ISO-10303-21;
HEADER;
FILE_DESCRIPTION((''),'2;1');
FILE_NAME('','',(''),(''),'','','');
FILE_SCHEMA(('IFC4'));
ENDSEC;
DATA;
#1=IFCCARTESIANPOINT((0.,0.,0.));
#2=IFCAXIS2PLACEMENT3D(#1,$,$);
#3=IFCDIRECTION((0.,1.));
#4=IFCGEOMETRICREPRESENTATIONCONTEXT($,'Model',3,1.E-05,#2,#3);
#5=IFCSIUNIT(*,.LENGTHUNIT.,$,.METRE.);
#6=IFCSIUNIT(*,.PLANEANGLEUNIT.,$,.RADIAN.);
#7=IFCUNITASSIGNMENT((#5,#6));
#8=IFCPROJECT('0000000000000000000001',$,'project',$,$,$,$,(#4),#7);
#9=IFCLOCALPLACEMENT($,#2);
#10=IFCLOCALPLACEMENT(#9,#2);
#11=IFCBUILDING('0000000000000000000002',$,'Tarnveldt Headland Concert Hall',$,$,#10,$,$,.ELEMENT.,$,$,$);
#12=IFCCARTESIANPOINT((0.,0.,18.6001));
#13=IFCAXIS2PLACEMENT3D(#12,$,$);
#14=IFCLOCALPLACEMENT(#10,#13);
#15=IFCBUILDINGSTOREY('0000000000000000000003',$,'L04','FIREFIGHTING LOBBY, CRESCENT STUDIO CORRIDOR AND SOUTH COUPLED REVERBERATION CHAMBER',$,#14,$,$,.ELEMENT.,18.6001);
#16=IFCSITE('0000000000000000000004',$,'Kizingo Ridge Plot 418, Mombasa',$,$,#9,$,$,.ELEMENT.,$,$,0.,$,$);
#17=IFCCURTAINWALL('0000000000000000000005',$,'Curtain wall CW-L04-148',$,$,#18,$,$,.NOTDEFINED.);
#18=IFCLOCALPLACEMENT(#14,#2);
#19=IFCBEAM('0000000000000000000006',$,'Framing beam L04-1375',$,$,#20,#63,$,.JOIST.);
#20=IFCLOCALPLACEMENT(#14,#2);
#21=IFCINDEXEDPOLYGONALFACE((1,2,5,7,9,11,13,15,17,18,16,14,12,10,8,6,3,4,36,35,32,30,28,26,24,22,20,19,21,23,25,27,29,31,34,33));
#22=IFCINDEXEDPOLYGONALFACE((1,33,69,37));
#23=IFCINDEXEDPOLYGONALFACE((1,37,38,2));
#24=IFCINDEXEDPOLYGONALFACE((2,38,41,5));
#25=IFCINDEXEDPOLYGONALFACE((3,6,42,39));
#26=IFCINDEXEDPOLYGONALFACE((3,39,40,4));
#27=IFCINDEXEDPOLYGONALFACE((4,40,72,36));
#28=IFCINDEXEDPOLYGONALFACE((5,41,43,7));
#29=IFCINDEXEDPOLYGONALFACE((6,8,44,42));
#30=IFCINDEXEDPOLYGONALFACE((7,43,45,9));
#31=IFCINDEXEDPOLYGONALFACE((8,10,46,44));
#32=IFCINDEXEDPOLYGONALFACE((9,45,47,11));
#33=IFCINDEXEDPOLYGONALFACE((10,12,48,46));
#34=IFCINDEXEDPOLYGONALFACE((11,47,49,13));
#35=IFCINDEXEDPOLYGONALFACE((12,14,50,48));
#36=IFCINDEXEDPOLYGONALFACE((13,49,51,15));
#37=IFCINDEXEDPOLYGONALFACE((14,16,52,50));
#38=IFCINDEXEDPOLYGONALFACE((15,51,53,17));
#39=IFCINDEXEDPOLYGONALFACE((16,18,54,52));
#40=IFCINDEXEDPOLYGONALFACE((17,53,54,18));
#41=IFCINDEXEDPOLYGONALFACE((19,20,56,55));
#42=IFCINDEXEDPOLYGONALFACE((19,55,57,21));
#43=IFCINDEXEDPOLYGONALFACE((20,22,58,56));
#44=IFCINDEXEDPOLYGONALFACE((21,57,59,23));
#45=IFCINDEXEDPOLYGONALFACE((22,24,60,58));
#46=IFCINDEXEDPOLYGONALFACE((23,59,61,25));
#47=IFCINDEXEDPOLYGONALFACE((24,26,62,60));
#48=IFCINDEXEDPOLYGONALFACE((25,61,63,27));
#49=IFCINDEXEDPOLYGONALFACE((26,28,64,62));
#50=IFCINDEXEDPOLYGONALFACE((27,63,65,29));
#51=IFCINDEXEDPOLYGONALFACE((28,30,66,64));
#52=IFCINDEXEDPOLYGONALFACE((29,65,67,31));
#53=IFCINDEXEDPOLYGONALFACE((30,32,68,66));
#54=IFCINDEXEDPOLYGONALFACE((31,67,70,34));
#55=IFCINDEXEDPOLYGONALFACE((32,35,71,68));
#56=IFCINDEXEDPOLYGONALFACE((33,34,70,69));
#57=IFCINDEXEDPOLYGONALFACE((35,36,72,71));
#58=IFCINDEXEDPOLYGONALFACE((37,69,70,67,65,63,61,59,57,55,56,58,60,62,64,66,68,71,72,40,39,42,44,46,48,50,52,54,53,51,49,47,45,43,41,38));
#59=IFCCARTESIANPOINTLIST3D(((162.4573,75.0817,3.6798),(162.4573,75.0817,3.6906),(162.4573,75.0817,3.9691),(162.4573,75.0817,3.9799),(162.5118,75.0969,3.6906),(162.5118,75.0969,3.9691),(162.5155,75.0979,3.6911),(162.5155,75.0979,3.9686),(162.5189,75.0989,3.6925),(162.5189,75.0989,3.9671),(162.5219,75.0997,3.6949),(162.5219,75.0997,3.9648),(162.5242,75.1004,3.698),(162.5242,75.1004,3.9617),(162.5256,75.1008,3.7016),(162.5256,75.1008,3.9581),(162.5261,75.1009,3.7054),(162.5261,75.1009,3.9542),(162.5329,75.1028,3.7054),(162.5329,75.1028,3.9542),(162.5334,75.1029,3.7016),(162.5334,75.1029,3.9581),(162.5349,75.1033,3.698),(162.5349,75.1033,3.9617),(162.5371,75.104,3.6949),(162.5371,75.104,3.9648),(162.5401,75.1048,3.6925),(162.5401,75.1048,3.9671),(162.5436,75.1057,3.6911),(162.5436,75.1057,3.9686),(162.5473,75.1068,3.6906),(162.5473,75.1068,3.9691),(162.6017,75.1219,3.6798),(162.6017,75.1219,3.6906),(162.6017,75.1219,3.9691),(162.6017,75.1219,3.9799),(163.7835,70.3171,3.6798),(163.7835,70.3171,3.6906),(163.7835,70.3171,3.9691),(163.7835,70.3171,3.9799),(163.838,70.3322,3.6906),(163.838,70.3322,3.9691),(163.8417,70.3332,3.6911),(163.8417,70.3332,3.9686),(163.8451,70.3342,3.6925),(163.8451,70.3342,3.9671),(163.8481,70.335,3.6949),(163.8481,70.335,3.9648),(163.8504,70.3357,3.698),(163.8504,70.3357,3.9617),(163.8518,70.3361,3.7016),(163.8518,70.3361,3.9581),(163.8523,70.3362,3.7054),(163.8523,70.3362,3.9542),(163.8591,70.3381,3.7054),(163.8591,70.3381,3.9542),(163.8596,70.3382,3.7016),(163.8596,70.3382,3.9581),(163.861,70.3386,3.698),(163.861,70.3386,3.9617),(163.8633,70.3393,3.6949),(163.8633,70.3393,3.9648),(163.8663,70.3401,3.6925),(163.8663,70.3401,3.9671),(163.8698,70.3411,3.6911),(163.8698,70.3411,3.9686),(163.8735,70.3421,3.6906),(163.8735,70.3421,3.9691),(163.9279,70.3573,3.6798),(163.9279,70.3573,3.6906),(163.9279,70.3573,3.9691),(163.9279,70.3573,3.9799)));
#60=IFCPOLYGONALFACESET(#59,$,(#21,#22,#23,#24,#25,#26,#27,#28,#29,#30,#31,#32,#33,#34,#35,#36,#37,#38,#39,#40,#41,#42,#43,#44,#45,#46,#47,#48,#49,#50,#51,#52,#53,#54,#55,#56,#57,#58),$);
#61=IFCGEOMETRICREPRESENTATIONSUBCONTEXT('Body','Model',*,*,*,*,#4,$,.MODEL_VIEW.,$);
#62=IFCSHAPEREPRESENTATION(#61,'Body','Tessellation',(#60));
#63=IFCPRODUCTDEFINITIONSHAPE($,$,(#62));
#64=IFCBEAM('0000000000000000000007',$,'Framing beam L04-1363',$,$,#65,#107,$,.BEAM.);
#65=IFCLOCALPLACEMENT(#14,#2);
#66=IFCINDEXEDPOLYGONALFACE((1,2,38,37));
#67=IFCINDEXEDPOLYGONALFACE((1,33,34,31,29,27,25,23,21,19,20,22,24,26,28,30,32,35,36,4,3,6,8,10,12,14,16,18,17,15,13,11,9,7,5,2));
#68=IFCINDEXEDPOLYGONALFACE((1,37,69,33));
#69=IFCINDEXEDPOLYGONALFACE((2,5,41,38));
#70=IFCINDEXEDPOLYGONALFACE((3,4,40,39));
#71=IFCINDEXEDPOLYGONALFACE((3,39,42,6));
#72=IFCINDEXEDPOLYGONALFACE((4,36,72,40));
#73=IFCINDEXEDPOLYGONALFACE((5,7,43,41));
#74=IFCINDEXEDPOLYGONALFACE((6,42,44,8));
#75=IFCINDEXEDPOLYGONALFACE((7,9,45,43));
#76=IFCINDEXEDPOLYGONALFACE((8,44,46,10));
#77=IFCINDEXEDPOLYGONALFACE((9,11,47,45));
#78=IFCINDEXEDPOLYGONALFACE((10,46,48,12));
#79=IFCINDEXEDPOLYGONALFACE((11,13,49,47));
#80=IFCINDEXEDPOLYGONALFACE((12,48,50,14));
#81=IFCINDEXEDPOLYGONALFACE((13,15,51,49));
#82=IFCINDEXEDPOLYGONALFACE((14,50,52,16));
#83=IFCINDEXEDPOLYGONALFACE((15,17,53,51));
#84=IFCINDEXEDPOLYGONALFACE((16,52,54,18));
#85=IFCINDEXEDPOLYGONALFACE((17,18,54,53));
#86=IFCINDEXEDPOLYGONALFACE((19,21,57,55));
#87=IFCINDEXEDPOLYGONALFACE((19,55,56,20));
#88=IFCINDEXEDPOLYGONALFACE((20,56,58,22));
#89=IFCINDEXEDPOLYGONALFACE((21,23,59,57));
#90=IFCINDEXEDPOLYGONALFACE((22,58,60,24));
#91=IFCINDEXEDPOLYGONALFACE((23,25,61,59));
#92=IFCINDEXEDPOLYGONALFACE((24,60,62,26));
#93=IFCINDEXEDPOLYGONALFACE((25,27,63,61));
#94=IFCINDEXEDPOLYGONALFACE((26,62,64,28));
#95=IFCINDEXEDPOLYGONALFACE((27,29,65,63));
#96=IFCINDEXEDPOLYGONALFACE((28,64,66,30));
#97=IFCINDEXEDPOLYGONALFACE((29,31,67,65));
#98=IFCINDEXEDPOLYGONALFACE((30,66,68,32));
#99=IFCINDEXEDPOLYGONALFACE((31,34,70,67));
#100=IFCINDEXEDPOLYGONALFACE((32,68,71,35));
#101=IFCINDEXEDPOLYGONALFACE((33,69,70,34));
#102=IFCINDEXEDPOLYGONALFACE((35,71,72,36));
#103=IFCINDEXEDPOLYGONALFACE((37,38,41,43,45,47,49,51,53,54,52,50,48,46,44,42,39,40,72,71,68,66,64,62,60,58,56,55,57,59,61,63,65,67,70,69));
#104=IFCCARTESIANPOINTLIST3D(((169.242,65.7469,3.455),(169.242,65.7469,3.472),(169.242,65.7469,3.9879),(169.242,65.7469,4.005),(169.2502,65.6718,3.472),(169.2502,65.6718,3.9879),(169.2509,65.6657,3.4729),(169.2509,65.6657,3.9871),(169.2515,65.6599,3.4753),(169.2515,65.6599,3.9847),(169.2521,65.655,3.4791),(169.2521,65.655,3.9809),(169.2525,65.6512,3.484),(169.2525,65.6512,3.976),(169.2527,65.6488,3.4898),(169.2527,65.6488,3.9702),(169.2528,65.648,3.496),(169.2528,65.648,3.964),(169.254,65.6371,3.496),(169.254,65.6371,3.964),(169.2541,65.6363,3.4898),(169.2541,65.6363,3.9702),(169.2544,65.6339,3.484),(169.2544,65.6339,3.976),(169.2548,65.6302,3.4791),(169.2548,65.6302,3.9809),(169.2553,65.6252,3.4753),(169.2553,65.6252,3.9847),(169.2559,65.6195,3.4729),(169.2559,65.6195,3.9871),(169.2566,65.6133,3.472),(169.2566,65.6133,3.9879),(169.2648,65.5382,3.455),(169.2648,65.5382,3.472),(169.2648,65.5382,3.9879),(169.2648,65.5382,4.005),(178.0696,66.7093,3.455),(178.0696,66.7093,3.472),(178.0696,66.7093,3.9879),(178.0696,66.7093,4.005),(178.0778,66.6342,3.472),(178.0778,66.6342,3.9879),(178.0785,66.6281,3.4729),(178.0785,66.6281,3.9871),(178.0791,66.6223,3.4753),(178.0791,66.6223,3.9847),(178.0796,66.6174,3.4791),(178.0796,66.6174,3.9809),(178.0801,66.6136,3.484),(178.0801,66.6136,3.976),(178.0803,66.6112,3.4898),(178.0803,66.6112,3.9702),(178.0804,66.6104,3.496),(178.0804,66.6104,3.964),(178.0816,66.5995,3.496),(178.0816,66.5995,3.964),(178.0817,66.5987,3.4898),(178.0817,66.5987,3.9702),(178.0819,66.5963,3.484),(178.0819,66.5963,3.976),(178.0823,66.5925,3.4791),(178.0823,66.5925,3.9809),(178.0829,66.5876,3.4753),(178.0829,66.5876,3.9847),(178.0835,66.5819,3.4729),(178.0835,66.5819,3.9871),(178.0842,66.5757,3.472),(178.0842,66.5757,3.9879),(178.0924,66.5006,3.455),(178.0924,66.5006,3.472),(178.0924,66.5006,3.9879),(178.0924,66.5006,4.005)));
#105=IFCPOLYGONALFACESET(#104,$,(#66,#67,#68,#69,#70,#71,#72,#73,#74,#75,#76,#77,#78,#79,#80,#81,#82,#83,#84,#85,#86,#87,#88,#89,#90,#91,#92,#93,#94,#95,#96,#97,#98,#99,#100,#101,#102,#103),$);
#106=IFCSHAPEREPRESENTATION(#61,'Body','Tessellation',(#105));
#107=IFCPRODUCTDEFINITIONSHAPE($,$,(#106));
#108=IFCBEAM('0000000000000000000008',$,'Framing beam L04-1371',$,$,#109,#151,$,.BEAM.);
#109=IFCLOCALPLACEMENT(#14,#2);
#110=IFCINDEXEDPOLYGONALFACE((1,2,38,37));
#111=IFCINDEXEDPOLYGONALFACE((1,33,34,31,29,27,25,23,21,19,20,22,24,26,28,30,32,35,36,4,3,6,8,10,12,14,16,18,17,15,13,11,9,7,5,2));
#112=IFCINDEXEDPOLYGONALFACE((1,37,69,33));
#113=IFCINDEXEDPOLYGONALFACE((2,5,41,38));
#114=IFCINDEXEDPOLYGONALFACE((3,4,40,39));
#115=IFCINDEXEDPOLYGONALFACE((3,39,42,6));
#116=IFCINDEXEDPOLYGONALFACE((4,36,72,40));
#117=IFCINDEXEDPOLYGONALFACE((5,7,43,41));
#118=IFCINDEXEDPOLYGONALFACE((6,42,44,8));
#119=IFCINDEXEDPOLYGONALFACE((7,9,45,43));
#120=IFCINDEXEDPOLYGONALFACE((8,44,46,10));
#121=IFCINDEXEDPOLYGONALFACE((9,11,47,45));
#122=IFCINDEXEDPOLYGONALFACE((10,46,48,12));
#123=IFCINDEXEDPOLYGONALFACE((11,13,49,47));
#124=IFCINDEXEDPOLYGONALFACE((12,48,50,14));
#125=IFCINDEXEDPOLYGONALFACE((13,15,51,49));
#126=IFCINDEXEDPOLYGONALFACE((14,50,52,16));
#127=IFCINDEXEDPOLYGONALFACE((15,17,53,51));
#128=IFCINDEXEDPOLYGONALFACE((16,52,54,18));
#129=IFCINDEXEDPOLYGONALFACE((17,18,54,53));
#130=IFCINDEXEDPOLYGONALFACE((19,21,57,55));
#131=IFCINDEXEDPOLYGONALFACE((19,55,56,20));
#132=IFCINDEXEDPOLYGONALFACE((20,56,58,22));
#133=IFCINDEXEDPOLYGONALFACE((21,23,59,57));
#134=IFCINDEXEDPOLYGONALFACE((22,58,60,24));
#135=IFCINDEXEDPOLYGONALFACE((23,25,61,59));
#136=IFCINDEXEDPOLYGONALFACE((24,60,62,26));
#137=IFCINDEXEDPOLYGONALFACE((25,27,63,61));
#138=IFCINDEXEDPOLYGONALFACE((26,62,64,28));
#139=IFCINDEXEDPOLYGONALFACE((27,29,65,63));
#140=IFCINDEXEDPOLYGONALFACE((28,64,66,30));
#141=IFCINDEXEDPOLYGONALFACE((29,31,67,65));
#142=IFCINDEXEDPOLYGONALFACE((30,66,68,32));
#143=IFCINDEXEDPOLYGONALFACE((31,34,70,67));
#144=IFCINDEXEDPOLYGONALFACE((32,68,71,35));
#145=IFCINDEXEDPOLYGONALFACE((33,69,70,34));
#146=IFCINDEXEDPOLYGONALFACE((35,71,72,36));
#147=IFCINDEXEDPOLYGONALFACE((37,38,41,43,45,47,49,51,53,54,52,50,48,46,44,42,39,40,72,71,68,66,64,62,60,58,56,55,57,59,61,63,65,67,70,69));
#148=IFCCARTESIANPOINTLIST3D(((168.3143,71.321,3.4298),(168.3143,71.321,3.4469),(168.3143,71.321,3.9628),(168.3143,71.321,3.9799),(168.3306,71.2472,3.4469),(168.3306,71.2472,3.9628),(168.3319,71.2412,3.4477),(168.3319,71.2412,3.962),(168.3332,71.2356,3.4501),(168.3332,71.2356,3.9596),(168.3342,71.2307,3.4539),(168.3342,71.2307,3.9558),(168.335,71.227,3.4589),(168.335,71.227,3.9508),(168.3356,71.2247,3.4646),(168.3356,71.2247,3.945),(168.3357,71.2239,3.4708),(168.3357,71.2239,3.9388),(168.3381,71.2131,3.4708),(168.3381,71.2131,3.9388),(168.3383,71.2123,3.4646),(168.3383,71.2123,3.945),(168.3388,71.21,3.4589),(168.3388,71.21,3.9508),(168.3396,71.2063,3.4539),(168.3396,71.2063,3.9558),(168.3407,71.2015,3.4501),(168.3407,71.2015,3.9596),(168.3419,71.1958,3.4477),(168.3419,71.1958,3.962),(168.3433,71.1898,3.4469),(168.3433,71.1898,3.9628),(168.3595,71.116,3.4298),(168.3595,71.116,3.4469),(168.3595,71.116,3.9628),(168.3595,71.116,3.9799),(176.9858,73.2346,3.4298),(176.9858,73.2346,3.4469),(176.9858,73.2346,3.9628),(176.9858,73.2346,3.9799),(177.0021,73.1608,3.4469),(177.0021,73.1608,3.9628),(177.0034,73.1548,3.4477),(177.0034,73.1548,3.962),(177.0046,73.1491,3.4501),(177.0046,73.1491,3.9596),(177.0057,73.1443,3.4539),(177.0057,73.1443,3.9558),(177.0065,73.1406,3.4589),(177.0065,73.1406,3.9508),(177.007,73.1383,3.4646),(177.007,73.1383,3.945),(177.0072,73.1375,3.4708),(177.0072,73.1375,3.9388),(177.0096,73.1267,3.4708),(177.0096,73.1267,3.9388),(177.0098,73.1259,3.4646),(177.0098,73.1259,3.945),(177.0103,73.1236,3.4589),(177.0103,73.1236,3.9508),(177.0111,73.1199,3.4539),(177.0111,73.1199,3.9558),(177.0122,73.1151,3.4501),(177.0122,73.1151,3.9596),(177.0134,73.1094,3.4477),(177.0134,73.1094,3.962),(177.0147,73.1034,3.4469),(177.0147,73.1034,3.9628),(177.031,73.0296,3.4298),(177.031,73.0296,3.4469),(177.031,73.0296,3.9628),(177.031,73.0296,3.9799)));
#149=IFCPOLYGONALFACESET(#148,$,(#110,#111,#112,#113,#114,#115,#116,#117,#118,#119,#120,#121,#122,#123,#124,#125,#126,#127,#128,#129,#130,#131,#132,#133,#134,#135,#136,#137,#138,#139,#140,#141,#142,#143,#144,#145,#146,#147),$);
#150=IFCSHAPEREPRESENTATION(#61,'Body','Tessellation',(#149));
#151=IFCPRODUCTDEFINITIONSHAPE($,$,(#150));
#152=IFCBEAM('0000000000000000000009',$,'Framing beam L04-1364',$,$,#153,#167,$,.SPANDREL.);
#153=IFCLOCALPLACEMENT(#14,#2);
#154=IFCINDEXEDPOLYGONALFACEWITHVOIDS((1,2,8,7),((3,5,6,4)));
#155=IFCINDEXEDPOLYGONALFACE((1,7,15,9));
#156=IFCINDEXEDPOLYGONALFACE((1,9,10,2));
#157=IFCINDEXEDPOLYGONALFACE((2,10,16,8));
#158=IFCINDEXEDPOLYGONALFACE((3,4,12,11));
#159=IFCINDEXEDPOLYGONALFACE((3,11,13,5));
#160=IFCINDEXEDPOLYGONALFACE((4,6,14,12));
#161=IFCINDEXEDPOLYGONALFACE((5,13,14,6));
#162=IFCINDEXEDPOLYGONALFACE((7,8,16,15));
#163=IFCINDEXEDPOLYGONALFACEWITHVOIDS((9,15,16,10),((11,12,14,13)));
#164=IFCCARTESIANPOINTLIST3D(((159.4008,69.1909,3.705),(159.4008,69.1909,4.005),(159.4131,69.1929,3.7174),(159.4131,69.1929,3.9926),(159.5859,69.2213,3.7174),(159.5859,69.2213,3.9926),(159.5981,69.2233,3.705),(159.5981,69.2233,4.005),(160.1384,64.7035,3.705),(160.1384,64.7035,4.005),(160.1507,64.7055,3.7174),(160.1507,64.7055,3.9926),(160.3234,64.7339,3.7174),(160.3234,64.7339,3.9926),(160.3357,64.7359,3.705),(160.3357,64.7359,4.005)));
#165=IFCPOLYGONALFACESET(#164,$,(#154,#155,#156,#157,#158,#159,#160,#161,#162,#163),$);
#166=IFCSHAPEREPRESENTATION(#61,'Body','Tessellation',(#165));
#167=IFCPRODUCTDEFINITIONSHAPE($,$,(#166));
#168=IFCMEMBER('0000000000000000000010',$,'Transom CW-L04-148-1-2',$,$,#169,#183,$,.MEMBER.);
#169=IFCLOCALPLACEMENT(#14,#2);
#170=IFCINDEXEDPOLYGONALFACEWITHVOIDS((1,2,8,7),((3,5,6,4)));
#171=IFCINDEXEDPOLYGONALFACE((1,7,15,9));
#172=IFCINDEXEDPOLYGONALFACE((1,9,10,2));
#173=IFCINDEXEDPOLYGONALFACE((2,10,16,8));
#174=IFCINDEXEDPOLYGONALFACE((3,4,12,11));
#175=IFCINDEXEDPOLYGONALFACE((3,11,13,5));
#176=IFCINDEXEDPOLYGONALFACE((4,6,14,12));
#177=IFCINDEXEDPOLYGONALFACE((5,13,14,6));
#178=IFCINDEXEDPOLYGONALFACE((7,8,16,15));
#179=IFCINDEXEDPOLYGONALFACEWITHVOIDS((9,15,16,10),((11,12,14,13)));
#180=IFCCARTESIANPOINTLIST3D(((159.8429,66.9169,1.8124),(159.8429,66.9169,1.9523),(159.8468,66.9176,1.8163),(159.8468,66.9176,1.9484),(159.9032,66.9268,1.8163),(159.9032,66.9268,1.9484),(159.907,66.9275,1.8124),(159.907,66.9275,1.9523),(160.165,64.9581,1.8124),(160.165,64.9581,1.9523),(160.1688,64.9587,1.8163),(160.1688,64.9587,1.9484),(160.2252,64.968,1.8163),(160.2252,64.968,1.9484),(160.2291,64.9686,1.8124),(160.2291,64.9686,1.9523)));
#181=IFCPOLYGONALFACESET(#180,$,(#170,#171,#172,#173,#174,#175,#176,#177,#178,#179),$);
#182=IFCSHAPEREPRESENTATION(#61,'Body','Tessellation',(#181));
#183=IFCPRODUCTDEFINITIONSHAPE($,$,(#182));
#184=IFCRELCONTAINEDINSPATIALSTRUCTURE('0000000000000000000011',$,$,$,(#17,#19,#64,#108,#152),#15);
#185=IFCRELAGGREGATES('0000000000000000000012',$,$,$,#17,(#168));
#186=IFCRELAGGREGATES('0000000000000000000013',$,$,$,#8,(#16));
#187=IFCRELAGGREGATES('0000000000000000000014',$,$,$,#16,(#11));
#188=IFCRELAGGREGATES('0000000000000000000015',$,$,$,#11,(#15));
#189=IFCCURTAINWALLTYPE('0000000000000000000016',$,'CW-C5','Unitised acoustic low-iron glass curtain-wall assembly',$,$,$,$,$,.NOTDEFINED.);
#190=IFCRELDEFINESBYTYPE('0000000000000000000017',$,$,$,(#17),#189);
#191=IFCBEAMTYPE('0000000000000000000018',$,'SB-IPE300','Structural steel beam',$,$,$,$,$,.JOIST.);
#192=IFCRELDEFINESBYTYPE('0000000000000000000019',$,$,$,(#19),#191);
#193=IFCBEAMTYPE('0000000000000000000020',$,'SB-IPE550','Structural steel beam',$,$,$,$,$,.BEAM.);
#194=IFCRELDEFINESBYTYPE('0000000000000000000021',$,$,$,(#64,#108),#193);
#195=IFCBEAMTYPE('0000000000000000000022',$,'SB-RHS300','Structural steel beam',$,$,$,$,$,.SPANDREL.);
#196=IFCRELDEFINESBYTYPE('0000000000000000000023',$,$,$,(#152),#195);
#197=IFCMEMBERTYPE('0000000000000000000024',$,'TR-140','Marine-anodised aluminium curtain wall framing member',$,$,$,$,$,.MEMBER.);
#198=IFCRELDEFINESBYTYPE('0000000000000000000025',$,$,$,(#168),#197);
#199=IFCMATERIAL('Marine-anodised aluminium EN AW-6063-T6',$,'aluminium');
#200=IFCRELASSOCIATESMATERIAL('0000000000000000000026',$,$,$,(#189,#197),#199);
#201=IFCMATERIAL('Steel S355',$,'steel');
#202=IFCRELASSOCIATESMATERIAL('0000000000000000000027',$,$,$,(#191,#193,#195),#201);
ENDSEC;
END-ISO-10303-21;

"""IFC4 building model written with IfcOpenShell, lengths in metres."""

from ifc_helpers import new_model, si_unit, direction, frame, origin, origin_2d, place, context, subcontext, project, spatial, hollow_rectangle, i_section, extrude, material, material_profile, profile_set, type_object, element, aggregate, save


model = new_model("IFC4")

# Units and contexts
model_context = context("Model", 3, precision=1e-05, world=origin(), true_north=direction((0.0, 1.0)))
body_context = subcontext(model_context, "Body", "Model", "MODEL_VIEW")
ifc_project = project(units=[si_unit("LENGTHUNIT", "METRE"), si_unit("PLANEANGLEUNIT", "RADIAN")], contexts=[model_context])

# Site, building, storey
site_placement = place(None, origin())
site = spatial("IfcSite", under=ifc_project, at=site_placement, Name="Kizingo Ridge Plot 418, Mombasa", CompositionType="ELEMENT", RefElevation=0.0)
building_placement = place(site_placement, origin())
building = spatial("IfcBuilding", under=site, at=building_placement, Name="Tarnveldt Headland Concert Hall", CompositionType="ELEMENT")
storey_placement = place(building_placement, frame((0.0, 0.0, 18.6001)))
storey = spatial("IfcBuildingStorey", under=building, at=storey_placement, Name="L04", Description="FIREFIGHTING LOBBY, CRESCENT STUDIO CORRIDOR AND SOUTH COUPLED REVERBERATION CHAMBER", CompositionType="ELEMENT", Elevation=18.6001)

# Shared definitions
ifc_material_1 = material(Name="Steel S355", Category="steel")

# Curtain wall
ifc_material_2 = material(Name="Marine-anodised aluminium EN AW-6063-T6", Category="aluminium")
curtain_wall_type = type_object("IfcCurtainWallType", Name="CW-C5", Description="Unitised acoustic low-iron glass curtain-wall assembly", PredefinedType="NOTDEFINED", material=ifc_material_2)
curtain_wall_placement = place(storey_placement, origin())
curtain_wall = element("IfcCurtainWall", 1, at=curtain_wall_placement, inside=storey, type_object=curtain_wall_type, Name="Curtain wall CW-L04-148", PredefinedType="NOTDEFINED")

# Beams
ifc_material_profile_1 = material_profile(ifc_material_1, i_section(OverallWidth=0.1499, OverallDepth=0.3, WebThickness=0.0071, FlangeThickness=0.0107, FilletRadius=0.0149, at=origin_2d()), Name="IPE300", Category="steel")
ifc_profile_set_1 = profile_set([ifc_material_profile_1], Name="Steel S355")
beam_type_1 = type_object("IfcBeamType", Name="SB-IPE300", Description="Structural steel beam", PredefinedType="JOIST", material=ifc_profile_set_1)
beam_1_placement = place(storey_placement, frame((163.8557, 70.3372, 3.8298), z_axis=(-0.268143, 0.963379, 0.0), x_axis=(-0.963379, -0.268143, 0.0)))
element("IfcBeam", 2, at=beam_1_placement, inside=storey, type_object=beam_type_1, Name="Framing beam L04-1375", PredefinedType="JOIST", context=body_context, shape_type="SweptSolid", body=[
    extrude(i_section(OverallWidth=0.1499, OverallDepth=0.3, WebThickness=0.0071, FlangeThickness=0.0107, FilletRadius=0.0149, at=origin_2d()), origin(), (0.0, 0.0, 1.0), 4.9458),
])
ifc_material_profile_2 = material_profile(ifc_material_1, i_section(OverallWidth=0.21, OverallDepth=0.55, WebThickness=0.011, FlangeThickness=0.0171, FilletRadius=0.0239, at=origin_2d()), Name="IPE550", Category="steel")
ifc_profile_set_2 = profile_set([ifc_material_profile_2], Name="Steel S355")
beam_type_2 = type_object("IfcBeamType", Name="SB-IPE550", Description="Structural steel beam", PredefinedType="BEAM", material=ifc_profile_set_2)
beam_2_placement = place(storey_placement, frame((169.2534, 65.6426, 3.73), z_axis=(0.99411, 0.108379, 0.0), x_axis=(-0.108379, 0.99411, 0.0)))
element("IfcBeam", 3, at=beam_2_placement, inside=storey, type_object=beam_type_2, Name="Framing beam L04-1363", PredefinedType="BEAM", context=body_context, shape_type="SweptSolid", body=[
    extrude(i_section(OverallWidth=0.21, OverallDepth=0.55, WebThickness=0.011, FlangeThickness=0.0171, FilletRadius=0.0239, at=origin_2d()), origin(), (0.0, 0.0, 1.0), 8.8799),
])
beam_3_placement = place(storey_placement, frame((168.3369, 71.2185, 3.7048), z_axis=(0.976506, 0.215492, 0.0), x_axis=(-0.215492, 0.976506, 0.0)))
element("IfcBeam", 4, at=beam_3_placement, inside=storey, type_object=beam_type_2, Name="Framing beam L04-1371", PredefinedType="BEAM", context=body_context, shape_type="SweptSolid", body=[
    extrude(i_section(OverallWidth=0.21, OverallDepth=0.55, WebThickness=0.011, FlangeThickness=0.0171, FilletRadius=0.0239, at=origin_2d()), origin(), (0.0, 0.0, 1.0), 8.8801),
])
ifc_material_profile_3 = material_profile(ifc_material_1, hollow_rectangle(XDim=0.2, YDim=0.3, WallThickness=0.0125, at=origin_2d()), Name="RHS 300x200x12.5", Category="steel")
ifc_profile_set_3 = profile_set([ifc_material_profile_3], Name="Steel S355")
beam_type_3 = type_object("IfcBeamType", Name="SB-RHS300", Description="Structural steel beam", PredefinedType="SPANDREL", material=ifc_profile_set_3)
beam_4_placement = place(storey_placement, frame((160.2371, 64.7197, 3.855), z_axis=(-0.162187, 0.98676, 0.0), x_axis=(-0.98676, -0.162187, 0.0)))
element("IfcBeam", 5, at=beam_4_placement, inside=storey, type_object=beam_type_3, Name="Framing beam L04-1364", PredefinedType="SPANDREL", context=body_context, shape_type="SweptSolid", body=[
    extrude(hollow_rectangle(XDim=0.2, YDim=0.3, WallThickness=0.0125, at=origin_2d()), origin(), (0.0, 0.0, 1.0), 4.5476),
])

# Member
ifc_material_profile_4 = material_profile(ifc_material_2, hollow_rectangle(XDim=0.0649, YDim=0.1399, WallThickness=0.0039, at=origin_2d()), Name="ALU TRANSOM 65x140x4", Category="aluminium")
ifc_profile_set_4 = profile_set([ifc_material_profile_4], Name="Marine-anodised aluminium EN AW-6063-T6")
member_type_1 = type_object("IfcMemberType", Name="TR-140", Description="Marine-anodised aluminium curtain wall framing member", PredefinedType="MEMBER", material=ifc_profile_set_4)
member_1_placement = place(storey_placement, frame((160.197, 64.9634, 1.8823), z_axis=(-0.162225, 0.986754, 0.0), x_axis=(-0.986754, -0.162225, 0.0)))
member_1 = element("IfcMember", 6, at=member_1_placement, type_object=member_type_1, Name="Transom CW-L04-148-1-2", PredefinedType="MEMBER", context=body_context, shape_type="SweptSolid", body=[
    extrude(hollow_rectangle(XDim=0.0649, YDim=0.1399, WallThickness=0.0039, at=origin_2d()), origin(), (0.0, 0.0, 1.0), 1.9851),
])
aggregate(curtain_wall, [member_1])

save(model, "model.ifc")
